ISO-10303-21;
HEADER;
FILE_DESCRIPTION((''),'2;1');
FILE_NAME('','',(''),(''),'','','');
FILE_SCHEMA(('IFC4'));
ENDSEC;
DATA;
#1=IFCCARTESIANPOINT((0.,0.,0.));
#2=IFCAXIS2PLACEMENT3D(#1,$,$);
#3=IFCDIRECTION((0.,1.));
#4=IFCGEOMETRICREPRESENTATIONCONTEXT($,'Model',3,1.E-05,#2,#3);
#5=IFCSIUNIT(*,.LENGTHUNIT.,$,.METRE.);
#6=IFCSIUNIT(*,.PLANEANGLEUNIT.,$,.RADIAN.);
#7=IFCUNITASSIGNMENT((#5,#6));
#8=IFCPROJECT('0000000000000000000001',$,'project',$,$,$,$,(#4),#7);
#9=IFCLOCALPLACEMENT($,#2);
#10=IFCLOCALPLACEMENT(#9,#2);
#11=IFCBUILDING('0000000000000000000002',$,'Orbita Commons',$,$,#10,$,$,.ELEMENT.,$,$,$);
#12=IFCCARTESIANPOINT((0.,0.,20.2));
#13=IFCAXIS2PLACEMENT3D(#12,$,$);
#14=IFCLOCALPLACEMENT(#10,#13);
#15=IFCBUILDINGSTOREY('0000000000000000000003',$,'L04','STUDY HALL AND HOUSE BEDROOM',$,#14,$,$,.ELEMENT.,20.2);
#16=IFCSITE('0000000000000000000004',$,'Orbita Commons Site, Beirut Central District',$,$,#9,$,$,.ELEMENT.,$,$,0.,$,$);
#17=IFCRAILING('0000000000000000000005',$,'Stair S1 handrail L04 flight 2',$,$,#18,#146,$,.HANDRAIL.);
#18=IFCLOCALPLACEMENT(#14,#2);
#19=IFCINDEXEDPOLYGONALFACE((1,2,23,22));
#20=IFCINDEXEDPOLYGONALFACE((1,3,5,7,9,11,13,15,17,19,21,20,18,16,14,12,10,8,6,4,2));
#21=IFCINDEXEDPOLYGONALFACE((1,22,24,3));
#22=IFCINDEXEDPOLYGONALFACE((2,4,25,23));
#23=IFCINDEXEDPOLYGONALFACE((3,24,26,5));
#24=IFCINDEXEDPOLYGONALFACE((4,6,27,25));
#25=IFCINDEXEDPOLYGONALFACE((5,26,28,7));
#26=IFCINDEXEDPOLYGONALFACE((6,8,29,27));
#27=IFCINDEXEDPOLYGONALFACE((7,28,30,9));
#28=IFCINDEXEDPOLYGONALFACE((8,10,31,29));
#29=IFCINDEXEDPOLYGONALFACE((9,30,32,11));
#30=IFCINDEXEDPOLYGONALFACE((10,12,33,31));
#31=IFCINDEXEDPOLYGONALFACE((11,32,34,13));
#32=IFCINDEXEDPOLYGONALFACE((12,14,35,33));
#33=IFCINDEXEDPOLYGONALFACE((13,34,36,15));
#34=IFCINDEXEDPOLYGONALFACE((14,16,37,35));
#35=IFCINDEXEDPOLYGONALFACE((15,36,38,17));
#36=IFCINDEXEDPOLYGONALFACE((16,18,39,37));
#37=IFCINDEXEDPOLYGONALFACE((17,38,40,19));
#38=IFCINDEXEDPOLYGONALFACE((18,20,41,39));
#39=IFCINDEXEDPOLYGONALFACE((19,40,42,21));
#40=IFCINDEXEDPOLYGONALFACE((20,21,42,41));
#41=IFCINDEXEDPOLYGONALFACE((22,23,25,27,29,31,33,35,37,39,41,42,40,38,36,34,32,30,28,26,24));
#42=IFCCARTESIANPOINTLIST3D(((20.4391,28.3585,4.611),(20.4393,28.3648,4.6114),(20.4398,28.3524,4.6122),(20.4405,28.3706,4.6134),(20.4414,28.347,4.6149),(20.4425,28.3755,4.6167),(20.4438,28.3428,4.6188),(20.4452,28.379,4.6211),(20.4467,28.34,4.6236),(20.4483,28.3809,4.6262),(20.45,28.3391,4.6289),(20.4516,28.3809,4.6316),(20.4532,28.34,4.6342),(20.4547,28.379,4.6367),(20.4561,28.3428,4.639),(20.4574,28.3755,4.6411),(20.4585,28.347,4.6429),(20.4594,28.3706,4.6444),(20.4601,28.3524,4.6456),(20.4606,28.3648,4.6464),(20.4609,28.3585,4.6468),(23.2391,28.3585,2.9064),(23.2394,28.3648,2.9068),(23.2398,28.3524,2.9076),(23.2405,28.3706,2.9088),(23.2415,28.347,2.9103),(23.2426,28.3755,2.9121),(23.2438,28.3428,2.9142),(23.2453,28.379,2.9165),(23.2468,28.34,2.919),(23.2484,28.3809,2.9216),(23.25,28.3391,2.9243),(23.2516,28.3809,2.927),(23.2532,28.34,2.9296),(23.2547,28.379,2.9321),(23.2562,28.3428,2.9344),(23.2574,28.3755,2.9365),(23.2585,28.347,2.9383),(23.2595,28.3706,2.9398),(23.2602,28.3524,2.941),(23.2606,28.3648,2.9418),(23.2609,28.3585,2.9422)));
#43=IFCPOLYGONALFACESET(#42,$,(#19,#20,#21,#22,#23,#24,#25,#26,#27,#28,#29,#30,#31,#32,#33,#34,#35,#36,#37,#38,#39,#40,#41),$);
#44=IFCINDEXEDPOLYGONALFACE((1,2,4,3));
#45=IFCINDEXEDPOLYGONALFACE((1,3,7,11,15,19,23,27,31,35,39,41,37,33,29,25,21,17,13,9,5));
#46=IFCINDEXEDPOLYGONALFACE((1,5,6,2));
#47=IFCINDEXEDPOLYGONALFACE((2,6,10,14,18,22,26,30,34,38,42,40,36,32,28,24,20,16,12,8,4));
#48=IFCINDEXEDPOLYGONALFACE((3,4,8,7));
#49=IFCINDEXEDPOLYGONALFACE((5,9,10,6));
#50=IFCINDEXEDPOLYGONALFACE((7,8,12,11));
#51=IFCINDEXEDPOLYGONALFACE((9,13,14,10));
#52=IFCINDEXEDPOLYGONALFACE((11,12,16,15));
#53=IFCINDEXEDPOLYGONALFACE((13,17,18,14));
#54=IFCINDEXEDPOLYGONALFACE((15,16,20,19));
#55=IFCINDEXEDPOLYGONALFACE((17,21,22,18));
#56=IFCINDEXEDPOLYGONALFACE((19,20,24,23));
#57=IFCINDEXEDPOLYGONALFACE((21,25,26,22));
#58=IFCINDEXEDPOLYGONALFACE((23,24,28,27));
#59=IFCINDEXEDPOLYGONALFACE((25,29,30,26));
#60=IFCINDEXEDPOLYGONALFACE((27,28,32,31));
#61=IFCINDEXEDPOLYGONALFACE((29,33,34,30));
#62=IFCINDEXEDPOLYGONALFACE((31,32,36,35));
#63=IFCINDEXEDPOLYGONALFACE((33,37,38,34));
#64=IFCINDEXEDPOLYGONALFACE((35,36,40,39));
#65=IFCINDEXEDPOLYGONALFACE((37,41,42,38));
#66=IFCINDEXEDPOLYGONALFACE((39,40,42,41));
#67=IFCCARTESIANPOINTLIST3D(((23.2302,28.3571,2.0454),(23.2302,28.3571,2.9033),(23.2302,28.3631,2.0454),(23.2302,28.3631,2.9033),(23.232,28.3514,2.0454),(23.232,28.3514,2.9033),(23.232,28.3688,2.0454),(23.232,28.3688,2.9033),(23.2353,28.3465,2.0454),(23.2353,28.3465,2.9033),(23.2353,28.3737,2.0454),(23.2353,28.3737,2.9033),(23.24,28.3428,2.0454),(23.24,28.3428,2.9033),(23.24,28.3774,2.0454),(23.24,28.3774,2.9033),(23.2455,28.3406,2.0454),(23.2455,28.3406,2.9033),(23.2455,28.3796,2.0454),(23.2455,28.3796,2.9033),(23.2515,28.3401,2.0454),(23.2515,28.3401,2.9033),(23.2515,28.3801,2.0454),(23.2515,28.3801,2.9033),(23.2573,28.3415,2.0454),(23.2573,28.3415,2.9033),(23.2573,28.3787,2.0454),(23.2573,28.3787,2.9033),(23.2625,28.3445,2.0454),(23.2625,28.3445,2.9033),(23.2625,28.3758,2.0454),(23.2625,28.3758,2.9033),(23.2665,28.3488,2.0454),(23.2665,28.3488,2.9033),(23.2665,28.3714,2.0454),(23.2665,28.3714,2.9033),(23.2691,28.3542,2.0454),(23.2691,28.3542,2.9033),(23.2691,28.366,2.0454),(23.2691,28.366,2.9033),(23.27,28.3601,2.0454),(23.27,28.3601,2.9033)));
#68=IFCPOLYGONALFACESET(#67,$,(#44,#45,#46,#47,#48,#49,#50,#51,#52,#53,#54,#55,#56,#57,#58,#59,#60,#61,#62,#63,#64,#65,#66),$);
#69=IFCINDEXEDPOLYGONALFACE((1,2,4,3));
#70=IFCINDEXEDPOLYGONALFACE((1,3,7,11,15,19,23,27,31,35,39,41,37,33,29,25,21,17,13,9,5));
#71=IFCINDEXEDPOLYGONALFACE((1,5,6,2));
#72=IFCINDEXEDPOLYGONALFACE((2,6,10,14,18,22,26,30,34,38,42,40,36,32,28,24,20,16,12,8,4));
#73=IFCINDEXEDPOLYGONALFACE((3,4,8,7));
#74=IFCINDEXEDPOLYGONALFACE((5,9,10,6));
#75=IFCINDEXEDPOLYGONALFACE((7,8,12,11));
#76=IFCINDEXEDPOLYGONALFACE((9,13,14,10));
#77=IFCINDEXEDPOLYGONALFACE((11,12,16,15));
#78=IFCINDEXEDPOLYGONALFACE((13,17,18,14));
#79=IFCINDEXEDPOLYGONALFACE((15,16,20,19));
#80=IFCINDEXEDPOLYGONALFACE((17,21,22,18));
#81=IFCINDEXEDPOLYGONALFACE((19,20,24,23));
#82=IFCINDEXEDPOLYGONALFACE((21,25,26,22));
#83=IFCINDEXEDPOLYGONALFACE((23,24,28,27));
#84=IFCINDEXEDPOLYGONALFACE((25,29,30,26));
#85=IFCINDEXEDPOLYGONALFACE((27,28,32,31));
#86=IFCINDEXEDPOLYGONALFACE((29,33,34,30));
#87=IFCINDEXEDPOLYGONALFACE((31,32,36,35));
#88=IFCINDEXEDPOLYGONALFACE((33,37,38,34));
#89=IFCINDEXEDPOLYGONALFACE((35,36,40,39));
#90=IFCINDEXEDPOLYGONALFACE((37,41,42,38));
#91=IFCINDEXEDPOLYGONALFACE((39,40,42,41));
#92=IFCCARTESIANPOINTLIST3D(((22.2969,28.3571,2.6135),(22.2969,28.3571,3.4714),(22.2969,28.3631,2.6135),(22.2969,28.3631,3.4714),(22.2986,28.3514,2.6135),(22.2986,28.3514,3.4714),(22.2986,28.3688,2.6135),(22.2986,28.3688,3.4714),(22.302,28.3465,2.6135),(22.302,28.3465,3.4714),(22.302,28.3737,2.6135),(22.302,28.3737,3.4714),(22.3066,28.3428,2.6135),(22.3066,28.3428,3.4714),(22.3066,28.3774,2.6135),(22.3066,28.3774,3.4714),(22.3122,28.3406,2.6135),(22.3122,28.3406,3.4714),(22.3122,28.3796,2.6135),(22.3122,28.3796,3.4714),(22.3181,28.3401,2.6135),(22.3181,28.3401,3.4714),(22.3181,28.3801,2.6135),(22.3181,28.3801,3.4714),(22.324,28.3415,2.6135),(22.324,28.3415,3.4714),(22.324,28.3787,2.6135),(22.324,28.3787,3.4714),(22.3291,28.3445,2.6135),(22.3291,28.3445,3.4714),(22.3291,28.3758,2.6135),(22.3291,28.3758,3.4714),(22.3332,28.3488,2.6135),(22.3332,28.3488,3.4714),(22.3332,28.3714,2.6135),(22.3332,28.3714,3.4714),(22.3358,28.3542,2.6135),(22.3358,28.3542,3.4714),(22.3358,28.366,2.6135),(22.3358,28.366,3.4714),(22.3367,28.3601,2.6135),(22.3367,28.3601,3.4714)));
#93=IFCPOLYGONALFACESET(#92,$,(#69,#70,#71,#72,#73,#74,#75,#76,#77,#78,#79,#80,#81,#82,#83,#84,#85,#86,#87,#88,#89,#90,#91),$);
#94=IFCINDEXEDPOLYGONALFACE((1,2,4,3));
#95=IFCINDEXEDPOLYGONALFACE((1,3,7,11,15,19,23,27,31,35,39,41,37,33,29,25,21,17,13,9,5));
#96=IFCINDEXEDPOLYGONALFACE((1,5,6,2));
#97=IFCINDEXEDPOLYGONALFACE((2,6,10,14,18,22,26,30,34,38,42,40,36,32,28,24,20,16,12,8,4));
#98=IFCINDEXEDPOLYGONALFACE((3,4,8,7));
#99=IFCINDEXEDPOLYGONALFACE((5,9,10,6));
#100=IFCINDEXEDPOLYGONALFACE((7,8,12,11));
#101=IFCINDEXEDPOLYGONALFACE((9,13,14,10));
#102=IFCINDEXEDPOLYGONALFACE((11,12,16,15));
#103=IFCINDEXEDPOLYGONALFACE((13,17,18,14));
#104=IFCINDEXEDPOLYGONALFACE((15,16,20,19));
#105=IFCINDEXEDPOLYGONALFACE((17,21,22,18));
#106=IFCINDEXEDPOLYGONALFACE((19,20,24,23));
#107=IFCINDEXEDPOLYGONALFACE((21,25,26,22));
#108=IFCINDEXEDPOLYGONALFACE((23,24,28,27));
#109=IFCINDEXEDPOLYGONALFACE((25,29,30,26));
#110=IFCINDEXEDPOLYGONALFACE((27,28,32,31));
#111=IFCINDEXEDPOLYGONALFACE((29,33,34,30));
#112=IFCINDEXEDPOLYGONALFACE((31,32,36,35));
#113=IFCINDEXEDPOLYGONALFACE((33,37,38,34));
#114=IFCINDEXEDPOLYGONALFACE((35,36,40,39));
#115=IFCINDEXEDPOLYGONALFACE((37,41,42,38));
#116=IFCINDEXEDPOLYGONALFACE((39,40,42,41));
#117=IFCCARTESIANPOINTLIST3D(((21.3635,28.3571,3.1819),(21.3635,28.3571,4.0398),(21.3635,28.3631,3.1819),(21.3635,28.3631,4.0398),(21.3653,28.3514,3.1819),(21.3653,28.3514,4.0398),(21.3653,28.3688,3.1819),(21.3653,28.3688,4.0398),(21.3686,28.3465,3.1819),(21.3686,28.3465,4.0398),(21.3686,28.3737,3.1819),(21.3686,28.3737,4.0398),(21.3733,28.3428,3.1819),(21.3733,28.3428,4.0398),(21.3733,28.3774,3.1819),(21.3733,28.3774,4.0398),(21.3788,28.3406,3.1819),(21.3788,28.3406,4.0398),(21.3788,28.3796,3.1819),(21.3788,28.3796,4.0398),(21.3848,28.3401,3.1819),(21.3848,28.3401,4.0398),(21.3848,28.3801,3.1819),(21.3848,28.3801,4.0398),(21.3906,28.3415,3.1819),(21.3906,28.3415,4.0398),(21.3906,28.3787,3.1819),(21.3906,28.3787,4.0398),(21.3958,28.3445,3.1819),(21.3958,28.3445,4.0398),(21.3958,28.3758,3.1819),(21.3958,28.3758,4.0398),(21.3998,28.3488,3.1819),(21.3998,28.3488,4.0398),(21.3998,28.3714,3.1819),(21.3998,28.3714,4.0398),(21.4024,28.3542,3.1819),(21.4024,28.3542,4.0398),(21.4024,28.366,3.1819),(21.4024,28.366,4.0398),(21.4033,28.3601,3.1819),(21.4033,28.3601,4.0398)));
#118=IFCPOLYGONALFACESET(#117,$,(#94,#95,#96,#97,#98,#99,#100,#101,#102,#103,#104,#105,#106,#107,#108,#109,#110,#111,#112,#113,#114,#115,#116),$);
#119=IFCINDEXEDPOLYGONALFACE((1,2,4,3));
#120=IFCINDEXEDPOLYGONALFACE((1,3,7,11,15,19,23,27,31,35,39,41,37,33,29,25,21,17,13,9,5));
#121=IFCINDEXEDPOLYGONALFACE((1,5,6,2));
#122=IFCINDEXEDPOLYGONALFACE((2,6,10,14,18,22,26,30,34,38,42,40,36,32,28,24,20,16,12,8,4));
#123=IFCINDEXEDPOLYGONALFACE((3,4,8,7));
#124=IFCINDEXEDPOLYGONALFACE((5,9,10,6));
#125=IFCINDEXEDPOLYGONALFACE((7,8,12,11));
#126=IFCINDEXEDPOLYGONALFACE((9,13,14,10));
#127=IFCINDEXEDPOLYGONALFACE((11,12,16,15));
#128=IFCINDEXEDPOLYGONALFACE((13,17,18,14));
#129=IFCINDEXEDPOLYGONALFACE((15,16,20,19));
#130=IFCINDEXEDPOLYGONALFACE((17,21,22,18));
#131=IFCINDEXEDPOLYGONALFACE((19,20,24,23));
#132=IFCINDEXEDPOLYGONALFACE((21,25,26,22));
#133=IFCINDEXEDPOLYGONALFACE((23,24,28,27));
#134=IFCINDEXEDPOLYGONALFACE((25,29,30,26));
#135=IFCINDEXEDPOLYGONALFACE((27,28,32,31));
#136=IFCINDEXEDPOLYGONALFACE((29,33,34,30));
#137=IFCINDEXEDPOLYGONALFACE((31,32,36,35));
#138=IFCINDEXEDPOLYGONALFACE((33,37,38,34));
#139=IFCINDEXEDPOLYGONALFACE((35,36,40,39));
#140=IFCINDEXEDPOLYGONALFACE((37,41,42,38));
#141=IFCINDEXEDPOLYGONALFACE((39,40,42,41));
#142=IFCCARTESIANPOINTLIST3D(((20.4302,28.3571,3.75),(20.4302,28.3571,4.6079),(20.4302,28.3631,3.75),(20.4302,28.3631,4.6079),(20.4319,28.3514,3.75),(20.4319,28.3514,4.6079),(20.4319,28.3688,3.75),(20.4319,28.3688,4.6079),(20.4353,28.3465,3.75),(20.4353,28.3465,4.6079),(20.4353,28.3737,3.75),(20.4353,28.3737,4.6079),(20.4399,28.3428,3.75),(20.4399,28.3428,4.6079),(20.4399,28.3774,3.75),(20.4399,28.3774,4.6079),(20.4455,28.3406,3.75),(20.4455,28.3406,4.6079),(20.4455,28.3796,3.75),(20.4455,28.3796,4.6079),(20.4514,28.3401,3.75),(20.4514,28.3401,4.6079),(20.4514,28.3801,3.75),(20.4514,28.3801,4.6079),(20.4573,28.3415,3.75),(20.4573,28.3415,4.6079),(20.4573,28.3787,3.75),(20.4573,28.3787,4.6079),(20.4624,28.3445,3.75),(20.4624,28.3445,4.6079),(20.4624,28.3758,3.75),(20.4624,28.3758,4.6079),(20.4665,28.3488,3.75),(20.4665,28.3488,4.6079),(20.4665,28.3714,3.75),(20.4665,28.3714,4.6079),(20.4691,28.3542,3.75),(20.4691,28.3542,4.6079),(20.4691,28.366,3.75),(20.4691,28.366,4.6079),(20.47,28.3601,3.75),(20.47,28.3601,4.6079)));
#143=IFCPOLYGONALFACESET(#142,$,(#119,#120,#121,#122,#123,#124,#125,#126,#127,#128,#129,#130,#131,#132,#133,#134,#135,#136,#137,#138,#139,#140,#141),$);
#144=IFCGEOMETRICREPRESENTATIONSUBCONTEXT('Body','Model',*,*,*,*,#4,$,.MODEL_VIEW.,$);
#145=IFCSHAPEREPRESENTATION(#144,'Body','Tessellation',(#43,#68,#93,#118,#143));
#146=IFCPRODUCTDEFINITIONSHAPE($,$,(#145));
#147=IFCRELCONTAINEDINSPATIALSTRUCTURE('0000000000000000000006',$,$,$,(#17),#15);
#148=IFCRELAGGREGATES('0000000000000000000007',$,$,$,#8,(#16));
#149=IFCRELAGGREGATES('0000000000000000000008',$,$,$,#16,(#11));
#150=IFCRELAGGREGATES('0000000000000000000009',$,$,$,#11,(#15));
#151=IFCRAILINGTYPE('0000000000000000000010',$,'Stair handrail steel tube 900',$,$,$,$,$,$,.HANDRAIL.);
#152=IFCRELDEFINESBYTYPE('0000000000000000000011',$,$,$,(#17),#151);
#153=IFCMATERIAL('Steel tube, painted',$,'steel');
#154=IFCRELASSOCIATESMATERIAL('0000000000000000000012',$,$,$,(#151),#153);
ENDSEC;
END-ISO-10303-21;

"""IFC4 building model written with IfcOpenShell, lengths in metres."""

from ifc_helpers import new_model, si_unit, direction, frame, origin, origin_2d, place, context, subcontext, project, spatial, circle, extrude, material, type_object, element, save


model = new_model("IFC4")

# Units and contexts
model_context = context("Model", 3, precision=1e-05, world=origin(), true_north=direction((0.0, 1.0)))
body_context = subcontext(model_context, "Body", "Model", "MODEL_VIEW")
ifc_project = project(units=[si_unit("LENGTHUNIT", "METRE"), si_unit("PLANEANGLEUNIT", "RADIAN")], contexts=[model_context])

# Site, building, storey
site_placement = place(None, origin())
site = spatial("IfcSite", under=ifc_project, at=site_placement, Name="Orbita Commons Site, Beirut Central District", CompositionType="ELEMENT", RefElevation=0.0)
building_placement = place(site_placement, origin())
building = spatial("IfcBuilding", under=site, at=building_placement, Name="Orbita Commons", CompositionType="ELEMENT")
storey_placement = place(building_placement, frame((0.0, 0.0, 20.2)))
storey = spatial("IfcBuildingStorey", under=building, at=storey_placement, Name="L04", Description="STUDY HALL AND HOUSE BEDROOM", CompositionType="ELEMENT", Elevation=20.2)

# Railing
ifc_material = material(Name="Steel tube, painted", Category="steel")
railing_type = type_object("IfcRailingType", Name="Stair handrail steel tube 900", PredefinedType="HANDRAIL", material=ifc_material)
for number, where, name in (
    (1, (23.25, 28.3601, 2.0454), "Stair S1 handrail L04 flight 2"),
):
    element("IfcRailing", number, at=place(storey_placement, frame(where)), inside=storey, type_object=railing_type, Name=name, PredefinedType="HANDRAIL", context=body_context, shape_type="SweptSolid", body=[
        extrude(circle(Radius=0.021, at=origin_2d()), frame((0.0, 0.0, 0.8789), z_axis=(-0.85417, 0.0, 0.519994), x_axis=(0.0, -1.0, 0.0)), (0.0, 0.0, 1.0), 3.2781),
        extrude(circle(Radius=0.02, at=origin_2d()), origin(), (0.0, 0.0, 1.0), 0.8579),
        extrude(circle(Radius=0.02, at=origin_2d()), frame((-0.9333, 0.0, 0.5681)), (0.0, 0.0, 1.0), 0.8579),
        extrude(circle(Radius=0.02, at=origin_2d()), frame((-1.8667, 0.0, 1.1365)), (0.0, 0.0, 1.0), 0.8579),
        extrude(circle(Radius=0.02, at=origin_2d()), frame((-2.8, 0.0, 1.7046)), (0.0, 0.0, 1.0), 0.8579),
    ])

save(model, "model.ifc")
